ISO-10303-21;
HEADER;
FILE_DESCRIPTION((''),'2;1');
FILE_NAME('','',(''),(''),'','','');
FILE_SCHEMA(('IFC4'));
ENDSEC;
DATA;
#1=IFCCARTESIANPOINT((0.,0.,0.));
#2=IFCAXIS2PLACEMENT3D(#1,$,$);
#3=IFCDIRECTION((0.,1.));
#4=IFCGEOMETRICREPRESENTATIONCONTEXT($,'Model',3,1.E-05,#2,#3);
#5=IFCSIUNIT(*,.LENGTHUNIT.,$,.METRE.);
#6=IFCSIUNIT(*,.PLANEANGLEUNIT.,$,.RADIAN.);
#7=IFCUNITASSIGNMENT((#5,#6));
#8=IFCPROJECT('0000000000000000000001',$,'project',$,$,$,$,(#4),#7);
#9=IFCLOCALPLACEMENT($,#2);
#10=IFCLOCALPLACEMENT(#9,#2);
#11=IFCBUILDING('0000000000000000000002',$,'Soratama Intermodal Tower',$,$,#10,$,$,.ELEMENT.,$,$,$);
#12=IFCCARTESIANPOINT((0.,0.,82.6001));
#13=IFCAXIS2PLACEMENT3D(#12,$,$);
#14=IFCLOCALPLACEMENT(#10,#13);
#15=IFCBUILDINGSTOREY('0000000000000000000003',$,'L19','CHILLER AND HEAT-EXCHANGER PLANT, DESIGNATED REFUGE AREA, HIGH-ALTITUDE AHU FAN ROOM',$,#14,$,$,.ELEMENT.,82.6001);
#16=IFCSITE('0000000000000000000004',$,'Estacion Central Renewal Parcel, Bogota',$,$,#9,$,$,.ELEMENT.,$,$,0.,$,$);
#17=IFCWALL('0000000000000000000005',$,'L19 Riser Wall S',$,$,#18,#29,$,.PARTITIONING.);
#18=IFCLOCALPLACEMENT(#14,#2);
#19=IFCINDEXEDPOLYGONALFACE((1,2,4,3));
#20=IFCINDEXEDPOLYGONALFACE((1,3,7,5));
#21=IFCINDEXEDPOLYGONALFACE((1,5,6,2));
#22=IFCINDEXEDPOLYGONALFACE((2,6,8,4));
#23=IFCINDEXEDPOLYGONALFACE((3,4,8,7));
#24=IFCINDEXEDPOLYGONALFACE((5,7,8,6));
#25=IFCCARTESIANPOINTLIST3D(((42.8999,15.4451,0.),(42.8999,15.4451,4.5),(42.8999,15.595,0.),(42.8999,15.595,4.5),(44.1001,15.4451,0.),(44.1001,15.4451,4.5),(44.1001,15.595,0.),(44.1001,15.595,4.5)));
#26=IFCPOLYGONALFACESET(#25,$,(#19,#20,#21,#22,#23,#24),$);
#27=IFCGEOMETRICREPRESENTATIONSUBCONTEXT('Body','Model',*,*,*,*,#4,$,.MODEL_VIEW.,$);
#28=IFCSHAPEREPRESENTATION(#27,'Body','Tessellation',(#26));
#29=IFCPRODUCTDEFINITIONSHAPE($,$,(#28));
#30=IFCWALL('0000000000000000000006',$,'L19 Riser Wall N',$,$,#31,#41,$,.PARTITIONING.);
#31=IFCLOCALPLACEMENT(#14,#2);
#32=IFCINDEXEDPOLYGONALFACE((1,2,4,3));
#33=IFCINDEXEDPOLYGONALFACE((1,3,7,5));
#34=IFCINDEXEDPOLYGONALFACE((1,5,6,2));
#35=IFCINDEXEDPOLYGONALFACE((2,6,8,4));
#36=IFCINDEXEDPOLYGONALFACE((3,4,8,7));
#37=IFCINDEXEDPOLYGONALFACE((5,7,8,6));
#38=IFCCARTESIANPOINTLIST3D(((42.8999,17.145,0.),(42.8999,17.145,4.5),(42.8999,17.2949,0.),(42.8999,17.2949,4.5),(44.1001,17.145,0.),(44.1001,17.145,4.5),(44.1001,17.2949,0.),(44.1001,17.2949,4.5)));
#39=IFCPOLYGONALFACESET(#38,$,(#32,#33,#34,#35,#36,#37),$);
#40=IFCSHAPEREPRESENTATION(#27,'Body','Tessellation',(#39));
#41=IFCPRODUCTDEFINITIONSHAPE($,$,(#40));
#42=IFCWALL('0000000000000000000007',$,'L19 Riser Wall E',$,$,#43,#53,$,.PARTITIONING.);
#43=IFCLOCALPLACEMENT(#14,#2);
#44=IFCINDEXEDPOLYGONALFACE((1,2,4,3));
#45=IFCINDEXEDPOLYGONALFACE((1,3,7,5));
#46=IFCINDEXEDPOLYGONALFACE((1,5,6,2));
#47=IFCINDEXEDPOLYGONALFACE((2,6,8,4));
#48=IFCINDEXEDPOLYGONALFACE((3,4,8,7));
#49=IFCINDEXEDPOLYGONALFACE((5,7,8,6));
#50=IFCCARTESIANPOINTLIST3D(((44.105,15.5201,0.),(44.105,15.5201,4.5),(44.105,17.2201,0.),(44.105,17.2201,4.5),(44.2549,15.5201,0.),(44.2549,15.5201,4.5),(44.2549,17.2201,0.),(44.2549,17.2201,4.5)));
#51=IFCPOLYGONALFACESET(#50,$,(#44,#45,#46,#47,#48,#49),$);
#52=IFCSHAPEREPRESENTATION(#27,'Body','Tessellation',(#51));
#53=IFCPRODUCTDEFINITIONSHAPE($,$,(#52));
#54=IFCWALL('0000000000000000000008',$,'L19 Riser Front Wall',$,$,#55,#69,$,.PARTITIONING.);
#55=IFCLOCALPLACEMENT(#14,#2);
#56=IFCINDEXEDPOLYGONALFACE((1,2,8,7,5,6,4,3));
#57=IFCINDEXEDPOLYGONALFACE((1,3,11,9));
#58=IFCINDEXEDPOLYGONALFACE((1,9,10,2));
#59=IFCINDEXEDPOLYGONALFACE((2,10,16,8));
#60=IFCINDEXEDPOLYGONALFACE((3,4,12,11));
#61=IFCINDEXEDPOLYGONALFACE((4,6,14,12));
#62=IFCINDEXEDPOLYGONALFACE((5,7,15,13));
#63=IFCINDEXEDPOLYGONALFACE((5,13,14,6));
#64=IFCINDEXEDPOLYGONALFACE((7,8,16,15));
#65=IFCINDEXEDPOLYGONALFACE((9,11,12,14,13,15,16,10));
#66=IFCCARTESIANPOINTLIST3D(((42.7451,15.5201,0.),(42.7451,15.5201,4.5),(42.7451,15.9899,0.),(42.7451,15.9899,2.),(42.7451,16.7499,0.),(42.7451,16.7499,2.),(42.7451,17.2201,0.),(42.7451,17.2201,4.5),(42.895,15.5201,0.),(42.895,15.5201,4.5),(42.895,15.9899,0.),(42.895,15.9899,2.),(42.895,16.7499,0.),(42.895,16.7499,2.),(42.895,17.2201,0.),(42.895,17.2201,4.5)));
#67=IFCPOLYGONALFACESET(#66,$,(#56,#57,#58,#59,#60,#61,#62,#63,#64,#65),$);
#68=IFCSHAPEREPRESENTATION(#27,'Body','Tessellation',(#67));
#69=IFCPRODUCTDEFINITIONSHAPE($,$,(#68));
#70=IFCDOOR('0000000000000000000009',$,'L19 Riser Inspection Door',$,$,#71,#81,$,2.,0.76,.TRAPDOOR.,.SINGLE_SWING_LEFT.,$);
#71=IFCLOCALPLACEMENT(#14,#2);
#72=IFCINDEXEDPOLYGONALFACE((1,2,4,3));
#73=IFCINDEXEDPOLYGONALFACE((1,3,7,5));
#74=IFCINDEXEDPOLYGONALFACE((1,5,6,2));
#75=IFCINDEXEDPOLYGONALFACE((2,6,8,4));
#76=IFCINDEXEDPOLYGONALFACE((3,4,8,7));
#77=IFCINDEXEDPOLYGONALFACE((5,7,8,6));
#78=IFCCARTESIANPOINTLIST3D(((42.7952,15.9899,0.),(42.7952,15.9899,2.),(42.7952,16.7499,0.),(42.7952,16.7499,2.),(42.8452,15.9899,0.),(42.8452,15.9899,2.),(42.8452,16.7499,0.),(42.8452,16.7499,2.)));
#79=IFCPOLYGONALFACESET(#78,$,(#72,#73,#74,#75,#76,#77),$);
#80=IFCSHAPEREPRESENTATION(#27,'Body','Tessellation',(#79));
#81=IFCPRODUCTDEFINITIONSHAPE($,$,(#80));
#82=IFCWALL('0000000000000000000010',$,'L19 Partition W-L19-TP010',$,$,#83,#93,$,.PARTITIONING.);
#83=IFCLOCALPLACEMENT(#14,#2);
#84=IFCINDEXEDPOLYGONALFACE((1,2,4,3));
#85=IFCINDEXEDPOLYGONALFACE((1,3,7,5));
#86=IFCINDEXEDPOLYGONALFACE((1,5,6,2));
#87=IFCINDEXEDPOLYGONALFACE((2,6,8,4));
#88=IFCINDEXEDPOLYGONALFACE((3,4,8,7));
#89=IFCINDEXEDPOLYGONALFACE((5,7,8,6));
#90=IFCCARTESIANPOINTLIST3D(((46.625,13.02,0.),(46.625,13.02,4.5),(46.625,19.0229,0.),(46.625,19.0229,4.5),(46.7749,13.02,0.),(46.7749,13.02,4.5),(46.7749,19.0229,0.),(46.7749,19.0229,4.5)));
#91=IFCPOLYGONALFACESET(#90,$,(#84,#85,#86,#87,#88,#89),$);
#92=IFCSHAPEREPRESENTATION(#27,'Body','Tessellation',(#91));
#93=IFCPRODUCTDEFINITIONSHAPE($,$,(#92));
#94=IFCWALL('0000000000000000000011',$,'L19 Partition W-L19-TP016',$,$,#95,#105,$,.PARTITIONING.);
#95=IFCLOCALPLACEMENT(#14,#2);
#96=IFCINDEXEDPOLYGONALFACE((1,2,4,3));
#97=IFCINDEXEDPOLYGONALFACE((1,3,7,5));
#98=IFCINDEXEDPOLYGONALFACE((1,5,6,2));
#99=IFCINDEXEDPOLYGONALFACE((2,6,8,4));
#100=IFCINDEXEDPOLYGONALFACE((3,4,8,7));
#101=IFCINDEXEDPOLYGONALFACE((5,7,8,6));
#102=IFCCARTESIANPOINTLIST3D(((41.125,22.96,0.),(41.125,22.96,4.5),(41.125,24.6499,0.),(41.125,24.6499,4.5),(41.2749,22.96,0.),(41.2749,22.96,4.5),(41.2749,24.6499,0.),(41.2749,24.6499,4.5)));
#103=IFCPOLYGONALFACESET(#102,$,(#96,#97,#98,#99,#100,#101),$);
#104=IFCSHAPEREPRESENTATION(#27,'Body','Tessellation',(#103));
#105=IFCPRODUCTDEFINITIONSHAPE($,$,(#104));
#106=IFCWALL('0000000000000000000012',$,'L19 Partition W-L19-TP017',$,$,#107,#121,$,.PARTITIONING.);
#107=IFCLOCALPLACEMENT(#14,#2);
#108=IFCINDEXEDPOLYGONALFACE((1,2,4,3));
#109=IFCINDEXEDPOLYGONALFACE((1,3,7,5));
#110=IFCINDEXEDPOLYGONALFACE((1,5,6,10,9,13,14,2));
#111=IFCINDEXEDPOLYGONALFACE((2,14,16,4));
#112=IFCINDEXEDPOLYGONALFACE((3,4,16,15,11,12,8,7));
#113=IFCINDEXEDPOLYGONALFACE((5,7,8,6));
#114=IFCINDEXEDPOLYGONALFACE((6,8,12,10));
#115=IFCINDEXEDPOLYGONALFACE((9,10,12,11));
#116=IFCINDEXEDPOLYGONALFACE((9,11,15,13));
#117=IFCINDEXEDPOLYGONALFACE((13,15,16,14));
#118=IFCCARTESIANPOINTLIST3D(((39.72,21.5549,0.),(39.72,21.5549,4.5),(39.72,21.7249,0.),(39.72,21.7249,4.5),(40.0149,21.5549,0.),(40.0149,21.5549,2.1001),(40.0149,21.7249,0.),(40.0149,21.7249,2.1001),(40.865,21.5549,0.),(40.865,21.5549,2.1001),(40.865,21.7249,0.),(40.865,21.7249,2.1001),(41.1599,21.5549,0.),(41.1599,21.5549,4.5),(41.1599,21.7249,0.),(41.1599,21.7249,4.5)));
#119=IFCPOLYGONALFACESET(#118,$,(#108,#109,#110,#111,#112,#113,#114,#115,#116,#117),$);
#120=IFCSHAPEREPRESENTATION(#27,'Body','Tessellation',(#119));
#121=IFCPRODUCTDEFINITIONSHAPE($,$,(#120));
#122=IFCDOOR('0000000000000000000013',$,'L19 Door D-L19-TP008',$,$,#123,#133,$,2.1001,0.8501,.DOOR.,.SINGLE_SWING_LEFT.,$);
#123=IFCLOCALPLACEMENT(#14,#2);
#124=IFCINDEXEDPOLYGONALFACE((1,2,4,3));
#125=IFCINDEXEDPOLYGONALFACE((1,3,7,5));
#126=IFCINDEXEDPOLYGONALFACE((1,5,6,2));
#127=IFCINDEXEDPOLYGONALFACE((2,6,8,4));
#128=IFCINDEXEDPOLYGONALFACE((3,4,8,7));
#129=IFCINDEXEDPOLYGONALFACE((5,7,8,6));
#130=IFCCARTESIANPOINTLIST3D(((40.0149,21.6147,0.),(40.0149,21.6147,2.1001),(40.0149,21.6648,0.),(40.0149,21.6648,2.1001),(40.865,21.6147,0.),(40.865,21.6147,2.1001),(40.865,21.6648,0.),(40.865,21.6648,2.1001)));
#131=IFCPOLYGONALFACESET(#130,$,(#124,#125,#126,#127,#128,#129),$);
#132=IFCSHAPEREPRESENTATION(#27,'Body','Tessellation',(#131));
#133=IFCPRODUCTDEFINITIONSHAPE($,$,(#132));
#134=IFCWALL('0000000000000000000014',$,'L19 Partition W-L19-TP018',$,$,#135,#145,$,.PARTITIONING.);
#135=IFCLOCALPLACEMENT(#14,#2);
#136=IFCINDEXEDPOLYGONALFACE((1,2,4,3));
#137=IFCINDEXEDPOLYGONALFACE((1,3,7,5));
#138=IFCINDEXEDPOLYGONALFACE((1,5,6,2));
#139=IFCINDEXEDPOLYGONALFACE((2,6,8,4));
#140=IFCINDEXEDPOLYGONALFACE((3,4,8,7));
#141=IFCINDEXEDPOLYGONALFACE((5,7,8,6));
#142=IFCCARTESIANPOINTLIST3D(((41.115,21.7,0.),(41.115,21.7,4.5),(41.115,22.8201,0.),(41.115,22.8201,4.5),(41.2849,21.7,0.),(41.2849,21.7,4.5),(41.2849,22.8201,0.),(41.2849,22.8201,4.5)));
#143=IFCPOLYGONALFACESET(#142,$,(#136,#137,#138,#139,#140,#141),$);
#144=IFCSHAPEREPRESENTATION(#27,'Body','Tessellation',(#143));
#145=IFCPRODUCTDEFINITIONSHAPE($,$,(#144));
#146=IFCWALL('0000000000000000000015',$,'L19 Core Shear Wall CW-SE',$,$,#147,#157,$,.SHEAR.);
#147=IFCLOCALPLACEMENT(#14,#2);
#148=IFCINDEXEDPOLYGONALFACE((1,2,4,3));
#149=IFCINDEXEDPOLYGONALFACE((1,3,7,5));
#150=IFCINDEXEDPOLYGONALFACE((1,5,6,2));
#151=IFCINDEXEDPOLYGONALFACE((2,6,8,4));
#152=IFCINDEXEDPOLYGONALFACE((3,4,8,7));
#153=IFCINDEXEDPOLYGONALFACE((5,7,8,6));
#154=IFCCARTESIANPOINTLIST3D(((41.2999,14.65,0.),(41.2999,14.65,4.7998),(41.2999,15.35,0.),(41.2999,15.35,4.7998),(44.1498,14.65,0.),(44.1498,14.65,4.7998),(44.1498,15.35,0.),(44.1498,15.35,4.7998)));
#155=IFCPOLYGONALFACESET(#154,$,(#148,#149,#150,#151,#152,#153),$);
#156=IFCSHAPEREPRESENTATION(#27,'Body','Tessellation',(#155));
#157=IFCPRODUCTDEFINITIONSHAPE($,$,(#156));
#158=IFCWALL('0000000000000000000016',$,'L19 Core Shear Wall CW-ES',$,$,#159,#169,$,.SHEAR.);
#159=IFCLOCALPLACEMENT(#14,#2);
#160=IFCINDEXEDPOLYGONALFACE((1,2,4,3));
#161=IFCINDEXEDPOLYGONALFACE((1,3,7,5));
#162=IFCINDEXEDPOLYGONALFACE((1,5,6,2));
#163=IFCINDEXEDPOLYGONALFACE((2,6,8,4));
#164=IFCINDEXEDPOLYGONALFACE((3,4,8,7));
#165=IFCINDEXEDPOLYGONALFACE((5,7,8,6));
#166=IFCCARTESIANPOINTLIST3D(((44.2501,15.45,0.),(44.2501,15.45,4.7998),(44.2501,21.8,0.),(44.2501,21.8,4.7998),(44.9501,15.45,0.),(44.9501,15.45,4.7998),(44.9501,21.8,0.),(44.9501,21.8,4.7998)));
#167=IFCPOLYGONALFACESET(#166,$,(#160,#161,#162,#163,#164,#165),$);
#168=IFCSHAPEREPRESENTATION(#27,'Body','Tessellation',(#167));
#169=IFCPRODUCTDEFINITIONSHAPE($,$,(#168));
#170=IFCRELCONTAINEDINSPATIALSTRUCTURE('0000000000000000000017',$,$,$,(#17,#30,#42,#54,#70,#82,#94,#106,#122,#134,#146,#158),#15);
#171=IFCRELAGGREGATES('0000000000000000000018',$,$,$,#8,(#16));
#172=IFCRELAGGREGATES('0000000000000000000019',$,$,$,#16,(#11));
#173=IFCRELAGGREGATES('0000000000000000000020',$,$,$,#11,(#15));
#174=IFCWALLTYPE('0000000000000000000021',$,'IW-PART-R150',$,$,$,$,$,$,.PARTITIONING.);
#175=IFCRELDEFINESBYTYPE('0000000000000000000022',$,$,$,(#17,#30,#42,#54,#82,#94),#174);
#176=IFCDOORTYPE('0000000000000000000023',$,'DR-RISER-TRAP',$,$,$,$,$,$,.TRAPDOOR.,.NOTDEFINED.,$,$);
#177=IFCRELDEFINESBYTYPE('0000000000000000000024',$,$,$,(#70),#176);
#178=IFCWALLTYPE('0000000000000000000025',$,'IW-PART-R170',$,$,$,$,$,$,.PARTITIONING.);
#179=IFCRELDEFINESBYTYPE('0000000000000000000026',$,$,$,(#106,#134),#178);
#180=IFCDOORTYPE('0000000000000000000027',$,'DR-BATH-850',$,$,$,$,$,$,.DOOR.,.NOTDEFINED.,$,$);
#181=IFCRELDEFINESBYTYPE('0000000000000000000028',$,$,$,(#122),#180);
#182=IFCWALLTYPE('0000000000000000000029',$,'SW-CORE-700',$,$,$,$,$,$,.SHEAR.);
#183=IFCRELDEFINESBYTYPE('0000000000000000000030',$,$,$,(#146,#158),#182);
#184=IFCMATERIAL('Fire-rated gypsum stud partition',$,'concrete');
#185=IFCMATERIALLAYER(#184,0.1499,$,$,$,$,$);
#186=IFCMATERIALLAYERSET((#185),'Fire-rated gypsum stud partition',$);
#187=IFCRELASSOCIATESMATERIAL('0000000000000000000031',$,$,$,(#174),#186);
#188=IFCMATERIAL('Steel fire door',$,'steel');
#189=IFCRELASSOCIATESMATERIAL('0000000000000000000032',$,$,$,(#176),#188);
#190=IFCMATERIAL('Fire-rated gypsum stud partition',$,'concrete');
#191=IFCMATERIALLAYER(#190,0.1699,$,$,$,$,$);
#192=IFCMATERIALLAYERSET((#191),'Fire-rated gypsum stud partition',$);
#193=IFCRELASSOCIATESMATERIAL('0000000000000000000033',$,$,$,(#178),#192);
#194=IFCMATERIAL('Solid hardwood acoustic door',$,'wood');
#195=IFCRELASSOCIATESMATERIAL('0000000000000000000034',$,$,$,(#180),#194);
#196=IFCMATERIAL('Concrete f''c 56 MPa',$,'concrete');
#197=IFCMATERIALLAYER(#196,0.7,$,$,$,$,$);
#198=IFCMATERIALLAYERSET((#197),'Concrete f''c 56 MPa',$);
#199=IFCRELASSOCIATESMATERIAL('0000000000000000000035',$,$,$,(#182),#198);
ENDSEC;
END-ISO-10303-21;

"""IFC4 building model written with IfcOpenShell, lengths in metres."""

from ifc_helpers import new_model, si_unit, direction, frame, frame_2d, origin, place, context, subcontext, project, spatial, rectangle, extrude, material, layer, layer_set, type_object, element, fill, save


model = new_model("IFC4")

# Units and contexts
model_context = context("Model", 3, precision=1e-05, world=origin(), true_north=direction((0.0, 1.0)))
body_context = subcontext(model_context, "Body", "Model", "MODEL_VIEW")
ifc_project = project(units=[si_unit("LENGTHUNIT", "METRE"), si_unit("PLANEANGLEUNIT", "RADIAN")], contexts=[model_context])

# Site, building, storey
site_placement = place(None, origin())
site = spatial("IfcSite", under=ifc_project, at=site_placement, Name="Estacion Central Renewal Parcel, Bogota", CompositionType="ELEMENT", RefElevation=0.0)
building_placement = place(site_placement, origin())
building = spatial("IfcBuilding", under=site, at=building_placement, Name="Soratama Intermodal Tower", CompositionType="ELEMENT")
storey_placement = place(building_placement, frame((0.0, 0.0, 82.6001)))
storey = spatial("IfcBuildingStorey", under=building, at=storey_placement, Name="L19", Description="CHILLER AND HEAT-EXCHANGER PLANT, DESIGNATED REFUGE AREA, HIGH-ALTITUDE AHU FAN ROOM", CompositionType="ELEMENT", Elevation=82.6001)

# Walls
ifc_material_1 = material(Name="Fire-rated gypsum stud partition", Category="concrete")
ifc_layer_1 = layer(ifc_material_1, 0.1499)
ifc_layer_set_1 = layer_set([ifc_layer_1], Name="Fire-rated gypsum stud partition")
wall_type_1 = type_object("IfcWallType", Name="IW-PART-R150", PredefinedType="PARTITIONING", material=ifc_layer_set_1)
for number, where, z_axis, x_axis, name in (
    (1, (42.8999, 15.52, 0.0), (0.0, 0.0, 1.0), (1.0, 0.0, 0.0), "L19 Riser Wall S"),
    (2, (42.8999, 17.22, 0.0), (0.0, 0.0, 1.0), (1.0, 0.0, 0.0), "L19 Riser Wall N"),
):
    element("IfcWall", number, at=place(storey_placement, frame(where, z_axis=z_axis, x_axis=x_axis)), inside=storey, type_object=wall_type_1, Name=name, PredefinedType="PARTITIONING", context=body_context, shape_type="SweptSolid", body=[
        extrude(rectangle(XDim=1.2002, YDim=0.1499, at=frame_2d((0.6001, 0.0))), origin(), (0.0, 0.0, 1.0), 4.5),
    ])
wall_1_placement = place(storey_placement, frame((44.1799, 15.52, 0.0), z_axis=(0.0, 0.0, 1.0), x_axis=(0.0, 1.0, 0.0)))
element("IfcWall", 3, at=wall_1_placement, inside=storey, type_object=wall_type_1, Name="L19 Riser Wall E", PredefinedType="PARTITIONING", context=body_context, shape_type="SweptSolid", body=[
    extrude(rectangle(XDim=1.7, YDim=0.1499, at=frame_2d((0.8501, 0.0))), origin(), (0.0, 0.0, 1.0), 4.5),
])

# Wall, opening, door
wall_2_placement = place(storey_placement, frame((42.8201, 15.52, 0.0), z_axis=(0.0, 0.0, 1.0), x_axis=(0.0, 1.0, 0.0)))
wall_2 = element("IfcWall", 4, at=wall_2_placement, inside=storey, type_object=wall_type_1, Name="L19 Riser Front Wall", PredefinedType="PARTITIONING", context=body_context, shape_type="SweptSolid", body=[
    extrude(rectangle(XDim=1.7, YDim=0.1499, at=frame_2d((0.8501, 0.0))), origin(), (0.0, 0.0, 1.0), 4.5),
])
opening_1_placement = place(wall_2_placement, frame((0.47, 0.0, 0.0)))
opening_1 = element("IfcOpeningElement", 5, at=opening_1_placement, cuts=wall_2, PredefinedType="OPENING", context=body_context, shape_type="SweptSolid", body=[
    extrude(rectangle(XDim=0.76, YDim=2.0, at=frame_2d((0.3799, 1.0))), frame((0.0, 0.085, 0.0), z_axis=(0.0, -1.0, 0.0), x_axis=(1.0, 0.0, 0.0)), (0.0, 0.0, 1.0), 0.1699),
])
ifc_material_2 = material(Name="Steel fire door", Category="steel")
door_type_1 = type_object("IfcDoorType", Name="DR-RISER-TRAP", OperationType="NOTDEFINED", PredefinedType="TRAPDOOR", material=ifc_material_2)
door_1_placement = place(opening_1_placement, origin())
door_1 = element("IfcDoor", 6, at=door_1_placement, inside=storey, type_object=door_type_1, Name="L19 Riser Inspection Door", OperationType="SINGLE_SWING_LEFT", OverallHeight=2.0, OverallWidth=0.76, PredefinedType="TRAPDOOR", context=body_context, shape_type="SweptSolid", body=[
    extrude(rectangle(XDim=0.76, YDim=2.0, at=frame_2d((0.3799, 1.0))), frame((0.0, 0.0249, 0.0), z_axis=(0.0, -1.0, 0.0), x_axis=(1.0, 0.0, 0.0)), (0.0, 0.0, 1.0), 0.05),
])
fill(opening_1, door_1)

# Walls
wall_3_placement = place(storey_placement, frame((46.7, 19.0229, 0.0), z_axis=(0.0, 0.0, 1.0), x_axis=(0.0, -1.0, 0.0)))
element("IfcWall", 7, at=wall_3_placement, inside=storey, type_object=wall_type_1, Name="L19 Partition W-L19-TP010", PredefinedType="PARTITIONING", context=body_context, shape_type="SweptSolid", body=[
    extrude(rectangle(XDim=6.0029, YDim=0.1499, at=frame_2d((3.0015, 0.0))), origin(), (0.0, 0.0, 1.0), 4.5),
])
wall_4_placement = place(storey_placement, frame((41.2, 22.96, 0.0), z_axis=(0.0, 0.0, 1.0), x_axis=(0.0, 1.0, 0.0)))
element("IfcWall", 8, at=wall_4_placement, inside=storey, type_object=wall_type_1, Name="L19 Partition W-L19-TP016", PredefinedType="PARTITIONING", context=body_context, shape_type="SweptSolid", body=[
    extrude(rectangle(XDim=1.6899, YDim=0.1499, at=frame_2d((0.845, 0.0))), origin(), (0.0, 0.0, 1.0), 4.5),
])

# Wall, opening, door
ifc_material_3 = material(Name="Fire-rated gypsum stud partition", Category="concrete")
ifc_layer_2 = layer(ifc_material_3, 0.1699)
ifc_layer_set_2 = layer_set([ifc_layer_2], Name="Fire-rated gypsum stud partition")
wall_type_2 = type_object("IfcWallType", Name="IW-PART-R170", PredefinedType="PARTITIONING", material=ifc_layer_set_2)
wall_5_placement = place(storey_placement, frame((39.72, 21.6399, 0.0), z_axis=(0.0, 0.0, 1.0), x_axis=(1.0, 0.0, 0.0)))
wall_5 = element("IfcWall", 9, at=wall_5_placement, inside=storey, type_object=wall_type_2, Name="L19 Partition W-L19-TP017", PredefinedType="PARTITIONING", context=body_context, shape_type="SweptSolid", body=[
    extrude(rectangle(XDim=1.4399, YDim=0.1699, at=frame_2d((0.72, 0.0))), origin(), (0.0, 0.0, 1.0), 4.5),
])
opening_2_placement = place(wall_5_placement, frame((0.2949, 0.0, 0.0)))
opening_2 = element("IfcOpeningElement", 10, at=opening_2_placement, cuts=wall_5, PredefinedType="OPENING", context=body_context, shape_type="SweptSolid", body=[
    extrude(rectangle(XDim=0.8501, YDim=2.1001, at=frame_2d((0.425, 1.05))), frame((0.0, 0.095, 0.0), z_axis=(0.0, -1.0, 0.0), x_axis=(1.0, 0.0, 0.0)), (0.0, 0.0, 1.0), 0.1899),
])
ifc_material_4 = material(Name="Solid hardwood acoustic door", Category="wood")
door_type_2 = type_object("IfcDoorType", Name="DR-BATH-850", OperationType="NOTDEFINED", PredefinedType="DOOR", material=ifc_material_4)
door_2_placement = place(opening_2_placement, origin())
door_2 = element("IfcDoor", 11, at=door_2_placement, inside=storey, type_object=door_type_2, Name="L19 Door D-L19-TP008", OperationType="SINGLE_SWING_LEFT", OverallHeight=2.1001, OverallWidth=0.8501, PredefinedType="DOOR", context=body_context, shape_type="SweptSolid", body=[
    extrude(rectangle(XDim=0.8501, YDim=2.1001, at=frame_2d((0.425, 1.05))), frame((0.0, 0.0249, 0.0), z_axis=(0.0, -1.0, 0.0), x_axis=(1.0, 0.0, 0.0)), (0.0, 0.0, 1.0), 0.05),
])
fill(opening_2, door_2)

# Walls
wall_6_placement = place(storey_placement, frame((41.2, 21.7, 0.0), z_axis=(0.0, 0.0, 1.0), x_axis=(0.0, 1.0, 0.0)))
element("IfcWall", 12, at=wall_6_placement, inside=storey, type_object=wall_type_2, Name="L19 Partition W-L19-TP018", PredefinedType="PARTITIONING", context=body_context, shape_type="SweptSolid", body=[
    extrude(rectangle(XDim=1.1201, YDim=0.1699, at=frame_2d((0.5601, 0.0))), origin(), (0.0, 0.0, 1.0), 4.5),
])
ifc_material_5 = material(Name="Concrete f'c 56 MPa", Category="concrete")
ifc_layer_3 = layer(ifc_material_5, 0.7)
ifc_layer_set_3 = layer_set([ifc_layer_3], Name="Concrete f'c 56 MPa")
wall_type_3 = type_object("IfcWallType", Name="SW-CORE-700", PredefinedType="SHEAR", material=ifc_layer_set_3)
wall_7_placement = place(storey_placement, frame((41.3, 15.0, 0.0), z_axis=(0.0, 0.0, 1.0), x_axis=(1.0, 0.0, 0.0)))
element("IfcWall", 13, at=wall_7_placement, inside=storey, type_object=wall_type_3, Name="L19 Core Shear Wall CW-SE", PredefinedType="SHEAR", context=body_context, shape_type="SweptSolid", body=[
    extrude(rectangle(XDim=2.8499, YDim=0.7, at=frame_2d((1.4248, 0.0))), origin(), (0.0, 0.0, 1.0), 4.7998),
])
wall_8_placement = place(storey_placement, frame((44.6001, 15.45, 0.0), z_axis=(0.0, 0.0, 1.0), x_axis=(0.0, 1.0, 0.0)))
element("IfcWall", 14, at=wall_8_placement, inside=storey, type_object=wall_type_3, Name="L19 Core Shear Wall CW-ES", PredefinedType="SHEAR", context=body_context, shape_type="SweptSolid", body=[
    extrude(rectangle(XDim=6.3501, YDim=0.7, at=frame_2d((3.175, 0.0))), origin(), (0.0, 0.0, 1.0), 4.7998),
])

save(model, "model.ifc")
